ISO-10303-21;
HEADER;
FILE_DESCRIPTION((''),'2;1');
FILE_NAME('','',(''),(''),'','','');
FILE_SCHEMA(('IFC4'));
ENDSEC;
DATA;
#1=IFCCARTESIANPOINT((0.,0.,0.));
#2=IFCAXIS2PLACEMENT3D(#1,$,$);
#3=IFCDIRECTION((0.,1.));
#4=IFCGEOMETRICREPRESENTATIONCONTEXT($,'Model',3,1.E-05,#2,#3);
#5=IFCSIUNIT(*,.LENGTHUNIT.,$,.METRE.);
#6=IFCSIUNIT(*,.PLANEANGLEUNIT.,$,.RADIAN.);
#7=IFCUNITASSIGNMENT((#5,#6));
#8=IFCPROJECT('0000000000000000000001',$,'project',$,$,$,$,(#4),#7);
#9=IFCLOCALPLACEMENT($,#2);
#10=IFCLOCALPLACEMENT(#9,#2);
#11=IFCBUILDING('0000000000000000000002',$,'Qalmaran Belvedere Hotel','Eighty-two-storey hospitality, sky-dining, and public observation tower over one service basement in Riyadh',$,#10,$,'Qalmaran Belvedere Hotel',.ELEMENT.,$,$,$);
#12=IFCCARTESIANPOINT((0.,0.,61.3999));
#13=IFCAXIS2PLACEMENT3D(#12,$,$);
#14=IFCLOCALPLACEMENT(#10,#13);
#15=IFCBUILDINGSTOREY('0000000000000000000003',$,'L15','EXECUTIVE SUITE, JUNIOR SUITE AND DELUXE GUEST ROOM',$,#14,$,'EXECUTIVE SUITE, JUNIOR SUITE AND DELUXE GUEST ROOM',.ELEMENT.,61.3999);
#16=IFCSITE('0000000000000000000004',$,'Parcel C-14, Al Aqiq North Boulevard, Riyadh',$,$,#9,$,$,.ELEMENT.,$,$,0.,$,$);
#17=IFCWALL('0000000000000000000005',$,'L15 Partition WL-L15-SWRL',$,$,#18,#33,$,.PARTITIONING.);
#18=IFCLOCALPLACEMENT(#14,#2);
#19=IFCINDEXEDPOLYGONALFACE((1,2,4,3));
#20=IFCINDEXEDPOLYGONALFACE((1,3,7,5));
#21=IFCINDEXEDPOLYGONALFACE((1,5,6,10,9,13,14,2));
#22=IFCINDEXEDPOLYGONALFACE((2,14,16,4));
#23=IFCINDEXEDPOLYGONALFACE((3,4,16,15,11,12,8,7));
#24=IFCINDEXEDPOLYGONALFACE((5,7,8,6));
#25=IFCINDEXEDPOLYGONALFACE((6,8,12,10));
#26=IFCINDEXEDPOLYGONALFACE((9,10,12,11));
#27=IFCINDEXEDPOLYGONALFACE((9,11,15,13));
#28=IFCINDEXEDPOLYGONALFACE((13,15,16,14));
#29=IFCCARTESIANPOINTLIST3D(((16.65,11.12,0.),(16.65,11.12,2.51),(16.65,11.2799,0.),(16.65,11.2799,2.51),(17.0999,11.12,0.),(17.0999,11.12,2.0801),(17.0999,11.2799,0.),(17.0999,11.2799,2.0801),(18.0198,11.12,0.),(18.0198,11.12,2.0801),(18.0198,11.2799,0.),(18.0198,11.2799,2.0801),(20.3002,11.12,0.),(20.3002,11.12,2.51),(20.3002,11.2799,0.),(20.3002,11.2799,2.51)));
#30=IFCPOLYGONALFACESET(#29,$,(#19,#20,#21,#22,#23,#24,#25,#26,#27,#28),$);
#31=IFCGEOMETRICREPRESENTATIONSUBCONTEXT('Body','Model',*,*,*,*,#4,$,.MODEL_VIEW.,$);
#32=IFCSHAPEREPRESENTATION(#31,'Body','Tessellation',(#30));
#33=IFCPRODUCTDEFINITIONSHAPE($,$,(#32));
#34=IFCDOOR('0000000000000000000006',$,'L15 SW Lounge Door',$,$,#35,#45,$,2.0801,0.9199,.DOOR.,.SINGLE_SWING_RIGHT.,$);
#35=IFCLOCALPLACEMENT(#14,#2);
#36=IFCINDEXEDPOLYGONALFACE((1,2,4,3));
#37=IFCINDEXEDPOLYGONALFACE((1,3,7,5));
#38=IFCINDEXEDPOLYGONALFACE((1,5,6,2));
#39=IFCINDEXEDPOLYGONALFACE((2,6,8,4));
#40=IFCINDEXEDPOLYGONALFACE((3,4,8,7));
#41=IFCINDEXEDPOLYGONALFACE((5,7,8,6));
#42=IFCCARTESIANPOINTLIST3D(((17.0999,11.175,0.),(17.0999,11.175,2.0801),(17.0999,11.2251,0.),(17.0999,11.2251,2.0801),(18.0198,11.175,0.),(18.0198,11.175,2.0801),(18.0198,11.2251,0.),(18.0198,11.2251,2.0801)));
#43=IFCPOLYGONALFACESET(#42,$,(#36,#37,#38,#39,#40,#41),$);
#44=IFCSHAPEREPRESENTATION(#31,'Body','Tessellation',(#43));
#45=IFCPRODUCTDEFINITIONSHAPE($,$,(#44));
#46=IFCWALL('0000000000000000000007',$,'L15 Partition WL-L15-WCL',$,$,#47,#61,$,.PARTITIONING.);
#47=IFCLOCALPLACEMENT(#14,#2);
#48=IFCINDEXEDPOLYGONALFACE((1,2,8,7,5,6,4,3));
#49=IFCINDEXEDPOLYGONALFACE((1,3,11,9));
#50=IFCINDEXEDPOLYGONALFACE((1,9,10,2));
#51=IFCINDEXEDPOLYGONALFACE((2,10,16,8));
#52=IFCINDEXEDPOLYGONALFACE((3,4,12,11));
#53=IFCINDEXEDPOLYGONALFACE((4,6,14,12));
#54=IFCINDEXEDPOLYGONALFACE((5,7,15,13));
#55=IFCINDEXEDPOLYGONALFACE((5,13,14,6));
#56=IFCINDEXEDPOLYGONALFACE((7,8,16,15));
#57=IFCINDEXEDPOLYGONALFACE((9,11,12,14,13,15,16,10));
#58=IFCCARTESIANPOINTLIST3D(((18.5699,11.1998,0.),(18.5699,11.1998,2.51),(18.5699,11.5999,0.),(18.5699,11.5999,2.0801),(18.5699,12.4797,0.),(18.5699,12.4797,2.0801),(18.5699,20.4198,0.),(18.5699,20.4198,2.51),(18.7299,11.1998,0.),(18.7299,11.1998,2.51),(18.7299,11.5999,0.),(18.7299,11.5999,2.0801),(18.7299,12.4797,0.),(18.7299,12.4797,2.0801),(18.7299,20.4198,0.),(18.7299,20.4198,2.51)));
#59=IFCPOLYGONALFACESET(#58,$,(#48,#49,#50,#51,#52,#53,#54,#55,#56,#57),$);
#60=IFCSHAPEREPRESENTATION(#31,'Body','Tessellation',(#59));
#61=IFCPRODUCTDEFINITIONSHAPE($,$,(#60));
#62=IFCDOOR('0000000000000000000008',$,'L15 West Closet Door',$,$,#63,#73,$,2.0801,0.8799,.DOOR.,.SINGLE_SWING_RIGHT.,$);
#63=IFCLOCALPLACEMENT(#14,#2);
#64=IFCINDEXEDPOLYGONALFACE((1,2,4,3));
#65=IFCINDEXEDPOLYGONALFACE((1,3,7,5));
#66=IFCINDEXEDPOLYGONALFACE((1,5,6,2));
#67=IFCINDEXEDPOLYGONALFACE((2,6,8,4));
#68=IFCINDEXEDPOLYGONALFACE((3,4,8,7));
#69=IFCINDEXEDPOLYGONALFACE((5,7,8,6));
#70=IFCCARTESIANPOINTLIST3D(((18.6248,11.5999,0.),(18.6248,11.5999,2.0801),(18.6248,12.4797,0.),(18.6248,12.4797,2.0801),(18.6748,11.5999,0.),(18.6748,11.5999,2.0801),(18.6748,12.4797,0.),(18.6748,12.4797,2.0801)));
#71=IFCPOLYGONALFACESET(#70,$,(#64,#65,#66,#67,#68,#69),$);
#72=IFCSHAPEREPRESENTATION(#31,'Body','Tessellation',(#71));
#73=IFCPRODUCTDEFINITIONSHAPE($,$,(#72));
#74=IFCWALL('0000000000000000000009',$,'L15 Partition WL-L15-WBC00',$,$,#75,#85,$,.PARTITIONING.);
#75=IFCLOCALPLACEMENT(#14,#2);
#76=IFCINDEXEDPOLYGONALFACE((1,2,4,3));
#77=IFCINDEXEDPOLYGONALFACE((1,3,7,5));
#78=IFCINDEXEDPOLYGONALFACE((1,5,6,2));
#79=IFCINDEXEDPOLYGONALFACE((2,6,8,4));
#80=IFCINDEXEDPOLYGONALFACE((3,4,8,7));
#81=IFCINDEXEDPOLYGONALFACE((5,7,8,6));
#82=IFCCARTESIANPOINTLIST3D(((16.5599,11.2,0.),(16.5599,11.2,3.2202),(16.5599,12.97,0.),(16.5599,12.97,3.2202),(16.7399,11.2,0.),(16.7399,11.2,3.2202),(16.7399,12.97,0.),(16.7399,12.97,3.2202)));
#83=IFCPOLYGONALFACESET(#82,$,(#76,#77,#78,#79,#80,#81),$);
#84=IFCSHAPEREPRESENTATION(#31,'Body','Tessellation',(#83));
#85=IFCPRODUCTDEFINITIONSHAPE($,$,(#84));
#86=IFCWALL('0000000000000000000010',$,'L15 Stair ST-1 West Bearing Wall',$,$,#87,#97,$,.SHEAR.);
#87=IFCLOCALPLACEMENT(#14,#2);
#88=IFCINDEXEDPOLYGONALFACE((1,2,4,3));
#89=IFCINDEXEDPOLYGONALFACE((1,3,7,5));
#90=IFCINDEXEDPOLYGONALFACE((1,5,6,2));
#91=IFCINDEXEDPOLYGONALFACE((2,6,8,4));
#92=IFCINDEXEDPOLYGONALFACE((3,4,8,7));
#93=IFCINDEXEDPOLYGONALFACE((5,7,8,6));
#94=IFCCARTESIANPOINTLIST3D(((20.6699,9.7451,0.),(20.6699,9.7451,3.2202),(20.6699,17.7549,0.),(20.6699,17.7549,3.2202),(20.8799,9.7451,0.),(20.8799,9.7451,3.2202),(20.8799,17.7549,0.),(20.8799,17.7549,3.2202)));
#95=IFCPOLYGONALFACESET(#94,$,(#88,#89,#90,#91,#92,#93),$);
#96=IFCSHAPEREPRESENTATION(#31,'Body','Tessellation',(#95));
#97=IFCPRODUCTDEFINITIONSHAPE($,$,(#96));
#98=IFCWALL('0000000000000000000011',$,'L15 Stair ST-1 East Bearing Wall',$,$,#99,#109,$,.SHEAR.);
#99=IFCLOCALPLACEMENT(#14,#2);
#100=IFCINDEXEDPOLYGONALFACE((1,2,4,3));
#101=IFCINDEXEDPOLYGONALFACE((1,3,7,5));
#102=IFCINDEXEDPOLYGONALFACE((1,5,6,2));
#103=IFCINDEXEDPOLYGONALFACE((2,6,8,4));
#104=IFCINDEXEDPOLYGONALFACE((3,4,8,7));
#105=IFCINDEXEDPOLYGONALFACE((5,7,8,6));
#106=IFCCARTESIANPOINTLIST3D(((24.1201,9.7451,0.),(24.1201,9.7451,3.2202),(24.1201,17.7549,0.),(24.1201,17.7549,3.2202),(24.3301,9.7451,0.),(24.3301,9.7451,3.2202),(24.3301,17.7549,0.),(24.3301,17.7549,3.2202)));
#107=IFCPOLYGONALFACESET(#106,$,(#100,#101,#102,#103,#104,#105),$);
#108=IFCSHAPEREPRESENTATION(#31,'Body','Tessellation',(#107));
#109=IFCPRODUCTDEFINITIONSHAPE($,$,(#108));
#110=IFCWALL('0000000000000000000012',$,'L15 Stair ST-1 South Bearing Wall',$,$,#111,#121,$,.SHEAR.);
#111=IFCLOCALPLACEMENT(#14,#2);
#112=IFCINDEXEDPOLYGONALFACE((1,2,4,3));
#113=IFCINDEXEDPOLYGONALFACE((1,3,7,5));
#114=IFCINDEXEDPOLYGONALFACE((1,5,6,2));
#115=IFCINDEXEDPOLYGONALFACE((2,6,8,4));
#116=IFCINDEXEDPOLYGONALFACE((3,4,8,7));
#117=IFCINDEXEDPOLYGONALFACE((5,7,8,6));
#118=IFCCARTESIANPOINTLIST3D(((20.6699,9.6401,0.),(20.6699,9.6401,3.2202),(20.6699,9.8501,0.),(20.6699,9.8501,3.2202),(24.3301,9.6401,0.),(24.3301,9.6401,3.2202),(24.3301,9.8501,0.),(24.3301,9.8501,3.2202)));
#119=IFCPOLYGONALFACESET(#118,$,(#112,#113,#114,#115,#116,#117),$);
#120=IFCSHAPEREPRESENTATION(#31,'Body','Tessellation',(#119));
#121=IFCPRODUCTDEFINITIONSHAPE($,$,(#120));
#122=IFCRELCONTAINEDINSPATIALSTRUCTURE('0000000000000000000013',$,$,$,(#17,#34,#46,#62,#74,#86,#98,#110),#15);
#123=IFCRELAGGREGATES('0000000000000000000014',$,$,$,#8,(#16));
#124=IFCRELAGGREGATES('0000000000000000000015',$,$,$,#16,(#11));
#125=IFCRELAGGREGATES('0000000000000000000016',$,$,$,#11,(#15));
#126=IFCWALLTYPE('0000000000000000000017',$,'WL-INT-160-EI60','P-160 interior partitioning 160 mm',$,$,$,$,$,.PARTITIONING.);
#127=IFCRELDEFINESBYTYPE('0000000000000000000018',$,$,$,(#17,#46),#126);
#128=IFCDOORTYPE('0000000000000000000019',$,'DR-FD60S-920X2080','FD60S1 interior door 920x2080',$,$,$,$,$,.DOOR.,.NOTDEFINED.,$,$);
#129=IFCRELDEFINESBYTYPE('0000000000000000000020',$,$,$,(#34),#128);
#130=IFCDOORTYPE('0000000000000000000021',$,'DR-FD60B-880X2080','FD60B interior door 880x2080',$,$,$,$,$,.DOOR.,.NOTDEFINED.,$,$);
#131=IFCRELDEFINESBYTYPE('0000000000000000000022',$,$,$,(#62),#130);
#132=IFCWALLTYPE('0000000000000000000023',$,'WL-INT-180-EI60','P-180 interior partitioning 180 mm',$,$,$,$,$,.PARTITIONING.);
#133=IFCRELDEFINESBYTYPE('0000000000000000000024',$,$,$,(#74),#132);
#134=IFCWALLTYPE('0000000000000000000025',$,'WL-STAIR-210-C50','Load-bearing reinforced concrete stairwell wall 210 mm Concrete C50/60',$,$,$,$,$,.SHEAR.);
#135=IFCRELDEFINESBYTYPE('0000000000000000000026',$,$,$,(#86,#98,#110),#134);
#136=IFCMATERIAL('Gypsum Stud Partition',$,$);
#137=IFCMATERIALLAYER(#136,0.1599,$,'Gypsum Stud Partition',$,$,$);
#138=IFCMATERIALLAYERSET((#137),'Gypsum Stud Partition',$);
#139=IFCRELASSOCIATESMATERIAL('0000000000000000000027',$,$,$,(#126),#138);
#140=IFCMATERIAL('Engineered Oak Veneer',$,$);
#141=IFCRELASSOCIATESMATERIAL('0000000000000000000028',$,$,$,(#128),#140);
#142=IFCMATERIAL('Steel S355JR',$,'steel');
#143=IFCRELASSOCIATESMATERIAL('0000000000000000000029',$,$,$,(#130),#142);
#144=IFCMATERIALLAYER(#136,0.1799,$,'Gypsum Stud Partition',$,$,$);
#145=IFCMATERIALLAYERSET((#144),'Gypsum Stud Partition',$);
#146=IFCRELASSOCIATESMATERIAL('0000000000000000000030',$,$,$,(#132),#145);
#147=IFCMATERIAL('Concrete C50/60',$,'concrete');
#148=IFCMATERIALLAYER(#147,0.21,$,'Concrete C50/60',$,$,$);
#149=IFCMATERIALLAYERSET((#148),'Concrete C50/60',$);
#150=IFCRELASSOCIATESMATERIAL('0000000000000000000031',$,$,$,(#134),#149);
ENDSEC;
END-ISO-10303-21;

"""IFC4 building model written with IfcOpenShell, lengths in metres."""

from ifc_helpers import new_model, si_unit, direction, frame, frame_2d, origin, place, context, subcontext, project, spatial, rectangle, extrude, material, layer, layer_set, type_object, element, fill, save


model = new_model("IFC4")

# Units and contexts
model_context = context("Model", 3, precision=1e-05, world=origin(), true_north=direction((0.0, 1.0)))
body_context = subcontext(model_context, "Body", "Model", "MODEL_VIEW")
ifc_project = project(units=[si_unit("LENGTHUNIT", "METRE"), si_unit("PLANEANGLEUNIT", "RADIAN")], contexts=[model_context])

# Site, building, storey
site_placement = place(None, origin())
site = spatial("IfcSite", under=ifc_project, at=site_placement, Name="Parcel C-14, Al Aqiq North Boulevard, Riyadh", CompositionType="ELEMENT", RefElevation=0.0)
building_placement = place(site_placement, origin())
building = spatial("IfcBuilding", under=site, at=building_placement, Name="Qalmaran Belvedere Hotel", Description="Eighty-two-storey hospitality, sky-dining, and public observation tower over one service basement in Riyadh", LongName="Qalmaran Belvedere Hotel", CompositionType="ELEMENT")
storey_placement = place(building_placement, frame((0.0, 0.0, 61.3999)))
storey = spatial("IfcBuildingStorey", under=building, at=storey_placement, Name="L15", Description="EXECUTIVE SUITE, JUNIOR SUITE AND DELUXE GUEST ROOM", LongName="EXECUTIVE SUITE, JUNIOR SUITE AND DELUXE GUEST ROOM", CompositionType="ELEMENT", Elevation=61.3999)

# Shared definitions
ifc_material_1 = material(Name="Steel S355JR", Category="steel")

# Shared definitions
ifc_material_2 = material(Name="Concrete C50/60", Category="concrete")
ifc_material_3 = material(Name="Gypsum Stud Partition")

# Walls, openings, doors
ifc_layer_1 = layer(ifc_material_3, 0.1599, Name="Gypsum Stud Partition")
ifc_layer_set_1 = layer_set([ifc_layer_1], Name="Gypsum Stud Partition")
wall_type_1 = type_object("IfcWallType", Name="WL-INT-160-EI60", Description="P-160 interior partitioning 160 mm", PredefinedType="PARTITIONING", material=ifc_layer_set_1)
wall_1_placement = place(storey_placement, frame((16.6499, 11.2, 0.0), z_axis=(0.0, 0.0, 1.0), x_axis=(1.0, 0.0, 0.0)))
wall_1 = element("IfcWall", 1, at=wall_1_placement, inside=storey, type_object=wall_type_1, Name="L15 Partition WL-L15-SWRL", PredefinedType="PARTITIONING", context=body_context, shape_type="SweptSolid", body=[
    extrude(rectangle(XDim=3.6501, YDim=0.1599, at=frame_2d((1.8252, 0.0))), origin(), (0.0, 0.0, 1.0), 2.51),
])
opening_1_placement = place(wall_1_placement, frame((1.3699, 0.0, 0.0), z_axis=(0.0, 0.0, 1.0), x_axis=(-1.0, 0.0, 0.0)))
opening_1 = element("IfcOpeningElement", 2, at=opening_1_placement, cuts=wall_1, PredefinedType="OPENING", context=body_context, shape_type="SweptSolid", body=[
    extrude(rectangle(XDim=0.9199, YDim=2.0801, at=frame_2d((0.46, 1.04))), frame((0.0, 0.0898, 0.0), z_axis=(0.0, -1.0, 0.0), x_axis=(1.0, 0.0, 0.0)), (0.0, 0.0, 1.0), 0.1799),
])
ifc_material_4 = material(Name="Engineered Oak Veneer")
door_type_1 = type_object("IfcDoorType", Name="DR-FD60S-920X2080", Description="FD60S1 interior door 920x2080", OperationType="NOTDEFINED", PredefinedType="DOOR", material=ifc_material_4)
door_1_placement = place(opening_1_placement, origin())
door_1 = element("IfcDoor", 3, at=door_1_placement, inside=storey, type_object=door_type_1, Name="L15 SW Lounge Door", OperationType="SINGLE_SWING_RIGHT", OverallHeight=2.0801, OverallWidth=0.9199, PredefinedType="DOOR", context=body_context, shape_type="SweptSolid", body=[
    extrude(rectangle(XDim=0.9199, YDim=2.0801, at=frame_2d((0.46, 1.04))), frame((0.0, 0.0249, 0.0), z_axis=(0.0, -1.0, 0.0), x_axis=(1.0, 0.0, 0.0)), (0.0, 0.0, 1.0), 0.05),
])
fill(opening_1, door_1)
wall_2_placement = place(storey_placement, frame((18.6499, 11.2, 0.0), z_axis=(0.0, 0.0, 1.0), x_axis=(0.0, 1.0, 0.0)))
wall_2 = element("IfcWall", 4, at=wall_2_placement, inside=storey, type_object=wall_type_1, Name="L15 Partition WL-L15-WCL", PredefinedType="PARTITIONING", context=body_context, shape_type="SweptSolid", body=[
    extrude(rectangle(XDim=9.22, YDim=0.1599, at=frame_2d((4.6099, 0.0))), origin(), (0.0, 0.0, 1.0), 2.51),
])
opening_2_placement = place(wall_2_placement, frame((1.2798, 0.0, 0.0), z_axis=(0.0, 0.0, 1.0), x_axis=(-1.0, 0.0, 0.0)))
opening_2 = element("IfcOpeningElement", 5, at=opening_2_placement, cuts=wall_2, PredefinedType="OPENING", context=body_context, shape_type="SweptSolid", body=[
    extrude(rectangle(XDim=0.8799, YDim=2.0801, at=frame_2d((0.4399, 1.04))), frame((0.0, 0.0898, 0.0), z_axis=(0.0, -1.0, 0.0), x_axis=(1.0, 0.0, 0.0)), (0.0, 0.0, 1.0), 0.1799),
])
door_type_2 = type_object("IfcDoorType", Name="DR-FD60B-880X2080", Description="FD60B interior door 880x2080", OperationType="NOTDEFINED", PredefinedType="DOOR", material=ifc_material_1)
door_2_placement = place(opening_2_placement, origin())
door_2 = element("IfcDoor", 6, at=door_2_placement, inside=storey, type_object=door_type_2, Name="L15 West Closet Door", OperationType="SINGLE_SWING_RIGHT", OverallHeight=2.0801, OverallWidth=0.8799, PredefinedType="DOOR", context=body_context, shape_type="SweptSolid", body=[
    extrude(rectangle(XDim=0.8799, YDim=2.0801, at=frame_2d((0.4399, 1.04))), frame((0.0, 0.0249, 0.0), z_axis=(0.0, -1.0, 0.0), x_axis=(1.0, 0.0, 0.0)), (0.0, 0.0, 1.0), 0.05),
])
fill(opening_2, door_2)

# Walls
ifc_layer_2 = layer(ifc_material_3, 0.1799, Name="Gypsum Stud Partition")
ifc_layer_set_2 = layer_set([ifc_layer_2], Name="Gypsum Stud Partition")
wall_type_2 = type_object("IfcWallType", Name="WL-INT-180-EI60", Description="P-180 interior partitioning 180 mm", PredefinedType="PARTITIONING", material=ifc_layer_set_2)
wall_3_placement = place(storey_placement, frame((16.6499, 11.2, 0.0), z_axis=(0.0, 0.0, 1.0), x_axis=(0.0, 1.0, 0.0)))
element("IfcWall", 7, at=wall_3_placement, inside=storey, type_object=wall_type_2, Name="L15 Partition WL-L15-WBC00", PredefinedType="PARTITIONING", context=body_context, shape_type="SweptSolid", body=[
    extrude(rectangle(XDim=1.77, YDim=0.1799, at=frame_2d((0.885, 0.0))), origin(), (0.0, 0.0, 1.0), 3.2202),
])
ifc_layer_3 = layer(ifc_material_2, 0.21, Name="Concrete C50/60")
ifc_layer_set_3 = layer_set([ifc_layer_3], Name="Concrete C50/60")
wall_type_3 = type_object("IfcWallType", Name="WL-STAIR-210-C50", Description="Load-bearing reinforced concrete stairwell wall 210 mm Concrete C50/60", PredefinedType="SHEAR", material=ifc_layer_set_3)
for number, where, z_axis, x_axis, name in (
    (8, (20.7749, 9.7451, 0.0), (0.0, 0.0, 1.0), (0.0, 1.0, 0.0), "L15 Stair ST-1 West Bearing Wall"),
    (9, (24.2251, 9.7451, 0.0), (0.0, 0.0, 1.0), (0.0, 1.0, 0.0), "L15 Stair ST-1 East Bearing Wall"),
):
    element("IfcWall", number, at=place(storey_placement, frame(where, z_axis=z_axis, x_axis=x_axis)), inside=storey, type_object=wall_type_3, Name=name, PredefinedType="SHEAR", context=body_context, shape_type="SweptSolid", body=[
        extrude(rectangle(XDim=8.0098, YDim=0.21, at=frame_2d((4.0049, 0.0))), origin(), (0.0, 0.0, 1.0), 3.2202),
    ])
wall_4_placement = place(storey_placement, frame((20.6699, 9.7451, 0.0), z_axis=(0.0, 0.0, 1.0), x_axis=(1.0, 0.0, 0.0)))
element("IfcWall", 10, at=wall_4_placement, inside=storey, type_object=wall_type_3, Name="L15 Stair ST-1 South Bearing Wall", PredefinedType="SHEAR", context=body_context, shape_type="SweptSolid", body=[
    extrude(rectangle(XDim=3.6602, YDim=0.21, at=frame_2d((1.8301, 0.0))), origin(), (0.0, 0.0, 1.0), 3.2202),
])

save(model, "model.ifc")
